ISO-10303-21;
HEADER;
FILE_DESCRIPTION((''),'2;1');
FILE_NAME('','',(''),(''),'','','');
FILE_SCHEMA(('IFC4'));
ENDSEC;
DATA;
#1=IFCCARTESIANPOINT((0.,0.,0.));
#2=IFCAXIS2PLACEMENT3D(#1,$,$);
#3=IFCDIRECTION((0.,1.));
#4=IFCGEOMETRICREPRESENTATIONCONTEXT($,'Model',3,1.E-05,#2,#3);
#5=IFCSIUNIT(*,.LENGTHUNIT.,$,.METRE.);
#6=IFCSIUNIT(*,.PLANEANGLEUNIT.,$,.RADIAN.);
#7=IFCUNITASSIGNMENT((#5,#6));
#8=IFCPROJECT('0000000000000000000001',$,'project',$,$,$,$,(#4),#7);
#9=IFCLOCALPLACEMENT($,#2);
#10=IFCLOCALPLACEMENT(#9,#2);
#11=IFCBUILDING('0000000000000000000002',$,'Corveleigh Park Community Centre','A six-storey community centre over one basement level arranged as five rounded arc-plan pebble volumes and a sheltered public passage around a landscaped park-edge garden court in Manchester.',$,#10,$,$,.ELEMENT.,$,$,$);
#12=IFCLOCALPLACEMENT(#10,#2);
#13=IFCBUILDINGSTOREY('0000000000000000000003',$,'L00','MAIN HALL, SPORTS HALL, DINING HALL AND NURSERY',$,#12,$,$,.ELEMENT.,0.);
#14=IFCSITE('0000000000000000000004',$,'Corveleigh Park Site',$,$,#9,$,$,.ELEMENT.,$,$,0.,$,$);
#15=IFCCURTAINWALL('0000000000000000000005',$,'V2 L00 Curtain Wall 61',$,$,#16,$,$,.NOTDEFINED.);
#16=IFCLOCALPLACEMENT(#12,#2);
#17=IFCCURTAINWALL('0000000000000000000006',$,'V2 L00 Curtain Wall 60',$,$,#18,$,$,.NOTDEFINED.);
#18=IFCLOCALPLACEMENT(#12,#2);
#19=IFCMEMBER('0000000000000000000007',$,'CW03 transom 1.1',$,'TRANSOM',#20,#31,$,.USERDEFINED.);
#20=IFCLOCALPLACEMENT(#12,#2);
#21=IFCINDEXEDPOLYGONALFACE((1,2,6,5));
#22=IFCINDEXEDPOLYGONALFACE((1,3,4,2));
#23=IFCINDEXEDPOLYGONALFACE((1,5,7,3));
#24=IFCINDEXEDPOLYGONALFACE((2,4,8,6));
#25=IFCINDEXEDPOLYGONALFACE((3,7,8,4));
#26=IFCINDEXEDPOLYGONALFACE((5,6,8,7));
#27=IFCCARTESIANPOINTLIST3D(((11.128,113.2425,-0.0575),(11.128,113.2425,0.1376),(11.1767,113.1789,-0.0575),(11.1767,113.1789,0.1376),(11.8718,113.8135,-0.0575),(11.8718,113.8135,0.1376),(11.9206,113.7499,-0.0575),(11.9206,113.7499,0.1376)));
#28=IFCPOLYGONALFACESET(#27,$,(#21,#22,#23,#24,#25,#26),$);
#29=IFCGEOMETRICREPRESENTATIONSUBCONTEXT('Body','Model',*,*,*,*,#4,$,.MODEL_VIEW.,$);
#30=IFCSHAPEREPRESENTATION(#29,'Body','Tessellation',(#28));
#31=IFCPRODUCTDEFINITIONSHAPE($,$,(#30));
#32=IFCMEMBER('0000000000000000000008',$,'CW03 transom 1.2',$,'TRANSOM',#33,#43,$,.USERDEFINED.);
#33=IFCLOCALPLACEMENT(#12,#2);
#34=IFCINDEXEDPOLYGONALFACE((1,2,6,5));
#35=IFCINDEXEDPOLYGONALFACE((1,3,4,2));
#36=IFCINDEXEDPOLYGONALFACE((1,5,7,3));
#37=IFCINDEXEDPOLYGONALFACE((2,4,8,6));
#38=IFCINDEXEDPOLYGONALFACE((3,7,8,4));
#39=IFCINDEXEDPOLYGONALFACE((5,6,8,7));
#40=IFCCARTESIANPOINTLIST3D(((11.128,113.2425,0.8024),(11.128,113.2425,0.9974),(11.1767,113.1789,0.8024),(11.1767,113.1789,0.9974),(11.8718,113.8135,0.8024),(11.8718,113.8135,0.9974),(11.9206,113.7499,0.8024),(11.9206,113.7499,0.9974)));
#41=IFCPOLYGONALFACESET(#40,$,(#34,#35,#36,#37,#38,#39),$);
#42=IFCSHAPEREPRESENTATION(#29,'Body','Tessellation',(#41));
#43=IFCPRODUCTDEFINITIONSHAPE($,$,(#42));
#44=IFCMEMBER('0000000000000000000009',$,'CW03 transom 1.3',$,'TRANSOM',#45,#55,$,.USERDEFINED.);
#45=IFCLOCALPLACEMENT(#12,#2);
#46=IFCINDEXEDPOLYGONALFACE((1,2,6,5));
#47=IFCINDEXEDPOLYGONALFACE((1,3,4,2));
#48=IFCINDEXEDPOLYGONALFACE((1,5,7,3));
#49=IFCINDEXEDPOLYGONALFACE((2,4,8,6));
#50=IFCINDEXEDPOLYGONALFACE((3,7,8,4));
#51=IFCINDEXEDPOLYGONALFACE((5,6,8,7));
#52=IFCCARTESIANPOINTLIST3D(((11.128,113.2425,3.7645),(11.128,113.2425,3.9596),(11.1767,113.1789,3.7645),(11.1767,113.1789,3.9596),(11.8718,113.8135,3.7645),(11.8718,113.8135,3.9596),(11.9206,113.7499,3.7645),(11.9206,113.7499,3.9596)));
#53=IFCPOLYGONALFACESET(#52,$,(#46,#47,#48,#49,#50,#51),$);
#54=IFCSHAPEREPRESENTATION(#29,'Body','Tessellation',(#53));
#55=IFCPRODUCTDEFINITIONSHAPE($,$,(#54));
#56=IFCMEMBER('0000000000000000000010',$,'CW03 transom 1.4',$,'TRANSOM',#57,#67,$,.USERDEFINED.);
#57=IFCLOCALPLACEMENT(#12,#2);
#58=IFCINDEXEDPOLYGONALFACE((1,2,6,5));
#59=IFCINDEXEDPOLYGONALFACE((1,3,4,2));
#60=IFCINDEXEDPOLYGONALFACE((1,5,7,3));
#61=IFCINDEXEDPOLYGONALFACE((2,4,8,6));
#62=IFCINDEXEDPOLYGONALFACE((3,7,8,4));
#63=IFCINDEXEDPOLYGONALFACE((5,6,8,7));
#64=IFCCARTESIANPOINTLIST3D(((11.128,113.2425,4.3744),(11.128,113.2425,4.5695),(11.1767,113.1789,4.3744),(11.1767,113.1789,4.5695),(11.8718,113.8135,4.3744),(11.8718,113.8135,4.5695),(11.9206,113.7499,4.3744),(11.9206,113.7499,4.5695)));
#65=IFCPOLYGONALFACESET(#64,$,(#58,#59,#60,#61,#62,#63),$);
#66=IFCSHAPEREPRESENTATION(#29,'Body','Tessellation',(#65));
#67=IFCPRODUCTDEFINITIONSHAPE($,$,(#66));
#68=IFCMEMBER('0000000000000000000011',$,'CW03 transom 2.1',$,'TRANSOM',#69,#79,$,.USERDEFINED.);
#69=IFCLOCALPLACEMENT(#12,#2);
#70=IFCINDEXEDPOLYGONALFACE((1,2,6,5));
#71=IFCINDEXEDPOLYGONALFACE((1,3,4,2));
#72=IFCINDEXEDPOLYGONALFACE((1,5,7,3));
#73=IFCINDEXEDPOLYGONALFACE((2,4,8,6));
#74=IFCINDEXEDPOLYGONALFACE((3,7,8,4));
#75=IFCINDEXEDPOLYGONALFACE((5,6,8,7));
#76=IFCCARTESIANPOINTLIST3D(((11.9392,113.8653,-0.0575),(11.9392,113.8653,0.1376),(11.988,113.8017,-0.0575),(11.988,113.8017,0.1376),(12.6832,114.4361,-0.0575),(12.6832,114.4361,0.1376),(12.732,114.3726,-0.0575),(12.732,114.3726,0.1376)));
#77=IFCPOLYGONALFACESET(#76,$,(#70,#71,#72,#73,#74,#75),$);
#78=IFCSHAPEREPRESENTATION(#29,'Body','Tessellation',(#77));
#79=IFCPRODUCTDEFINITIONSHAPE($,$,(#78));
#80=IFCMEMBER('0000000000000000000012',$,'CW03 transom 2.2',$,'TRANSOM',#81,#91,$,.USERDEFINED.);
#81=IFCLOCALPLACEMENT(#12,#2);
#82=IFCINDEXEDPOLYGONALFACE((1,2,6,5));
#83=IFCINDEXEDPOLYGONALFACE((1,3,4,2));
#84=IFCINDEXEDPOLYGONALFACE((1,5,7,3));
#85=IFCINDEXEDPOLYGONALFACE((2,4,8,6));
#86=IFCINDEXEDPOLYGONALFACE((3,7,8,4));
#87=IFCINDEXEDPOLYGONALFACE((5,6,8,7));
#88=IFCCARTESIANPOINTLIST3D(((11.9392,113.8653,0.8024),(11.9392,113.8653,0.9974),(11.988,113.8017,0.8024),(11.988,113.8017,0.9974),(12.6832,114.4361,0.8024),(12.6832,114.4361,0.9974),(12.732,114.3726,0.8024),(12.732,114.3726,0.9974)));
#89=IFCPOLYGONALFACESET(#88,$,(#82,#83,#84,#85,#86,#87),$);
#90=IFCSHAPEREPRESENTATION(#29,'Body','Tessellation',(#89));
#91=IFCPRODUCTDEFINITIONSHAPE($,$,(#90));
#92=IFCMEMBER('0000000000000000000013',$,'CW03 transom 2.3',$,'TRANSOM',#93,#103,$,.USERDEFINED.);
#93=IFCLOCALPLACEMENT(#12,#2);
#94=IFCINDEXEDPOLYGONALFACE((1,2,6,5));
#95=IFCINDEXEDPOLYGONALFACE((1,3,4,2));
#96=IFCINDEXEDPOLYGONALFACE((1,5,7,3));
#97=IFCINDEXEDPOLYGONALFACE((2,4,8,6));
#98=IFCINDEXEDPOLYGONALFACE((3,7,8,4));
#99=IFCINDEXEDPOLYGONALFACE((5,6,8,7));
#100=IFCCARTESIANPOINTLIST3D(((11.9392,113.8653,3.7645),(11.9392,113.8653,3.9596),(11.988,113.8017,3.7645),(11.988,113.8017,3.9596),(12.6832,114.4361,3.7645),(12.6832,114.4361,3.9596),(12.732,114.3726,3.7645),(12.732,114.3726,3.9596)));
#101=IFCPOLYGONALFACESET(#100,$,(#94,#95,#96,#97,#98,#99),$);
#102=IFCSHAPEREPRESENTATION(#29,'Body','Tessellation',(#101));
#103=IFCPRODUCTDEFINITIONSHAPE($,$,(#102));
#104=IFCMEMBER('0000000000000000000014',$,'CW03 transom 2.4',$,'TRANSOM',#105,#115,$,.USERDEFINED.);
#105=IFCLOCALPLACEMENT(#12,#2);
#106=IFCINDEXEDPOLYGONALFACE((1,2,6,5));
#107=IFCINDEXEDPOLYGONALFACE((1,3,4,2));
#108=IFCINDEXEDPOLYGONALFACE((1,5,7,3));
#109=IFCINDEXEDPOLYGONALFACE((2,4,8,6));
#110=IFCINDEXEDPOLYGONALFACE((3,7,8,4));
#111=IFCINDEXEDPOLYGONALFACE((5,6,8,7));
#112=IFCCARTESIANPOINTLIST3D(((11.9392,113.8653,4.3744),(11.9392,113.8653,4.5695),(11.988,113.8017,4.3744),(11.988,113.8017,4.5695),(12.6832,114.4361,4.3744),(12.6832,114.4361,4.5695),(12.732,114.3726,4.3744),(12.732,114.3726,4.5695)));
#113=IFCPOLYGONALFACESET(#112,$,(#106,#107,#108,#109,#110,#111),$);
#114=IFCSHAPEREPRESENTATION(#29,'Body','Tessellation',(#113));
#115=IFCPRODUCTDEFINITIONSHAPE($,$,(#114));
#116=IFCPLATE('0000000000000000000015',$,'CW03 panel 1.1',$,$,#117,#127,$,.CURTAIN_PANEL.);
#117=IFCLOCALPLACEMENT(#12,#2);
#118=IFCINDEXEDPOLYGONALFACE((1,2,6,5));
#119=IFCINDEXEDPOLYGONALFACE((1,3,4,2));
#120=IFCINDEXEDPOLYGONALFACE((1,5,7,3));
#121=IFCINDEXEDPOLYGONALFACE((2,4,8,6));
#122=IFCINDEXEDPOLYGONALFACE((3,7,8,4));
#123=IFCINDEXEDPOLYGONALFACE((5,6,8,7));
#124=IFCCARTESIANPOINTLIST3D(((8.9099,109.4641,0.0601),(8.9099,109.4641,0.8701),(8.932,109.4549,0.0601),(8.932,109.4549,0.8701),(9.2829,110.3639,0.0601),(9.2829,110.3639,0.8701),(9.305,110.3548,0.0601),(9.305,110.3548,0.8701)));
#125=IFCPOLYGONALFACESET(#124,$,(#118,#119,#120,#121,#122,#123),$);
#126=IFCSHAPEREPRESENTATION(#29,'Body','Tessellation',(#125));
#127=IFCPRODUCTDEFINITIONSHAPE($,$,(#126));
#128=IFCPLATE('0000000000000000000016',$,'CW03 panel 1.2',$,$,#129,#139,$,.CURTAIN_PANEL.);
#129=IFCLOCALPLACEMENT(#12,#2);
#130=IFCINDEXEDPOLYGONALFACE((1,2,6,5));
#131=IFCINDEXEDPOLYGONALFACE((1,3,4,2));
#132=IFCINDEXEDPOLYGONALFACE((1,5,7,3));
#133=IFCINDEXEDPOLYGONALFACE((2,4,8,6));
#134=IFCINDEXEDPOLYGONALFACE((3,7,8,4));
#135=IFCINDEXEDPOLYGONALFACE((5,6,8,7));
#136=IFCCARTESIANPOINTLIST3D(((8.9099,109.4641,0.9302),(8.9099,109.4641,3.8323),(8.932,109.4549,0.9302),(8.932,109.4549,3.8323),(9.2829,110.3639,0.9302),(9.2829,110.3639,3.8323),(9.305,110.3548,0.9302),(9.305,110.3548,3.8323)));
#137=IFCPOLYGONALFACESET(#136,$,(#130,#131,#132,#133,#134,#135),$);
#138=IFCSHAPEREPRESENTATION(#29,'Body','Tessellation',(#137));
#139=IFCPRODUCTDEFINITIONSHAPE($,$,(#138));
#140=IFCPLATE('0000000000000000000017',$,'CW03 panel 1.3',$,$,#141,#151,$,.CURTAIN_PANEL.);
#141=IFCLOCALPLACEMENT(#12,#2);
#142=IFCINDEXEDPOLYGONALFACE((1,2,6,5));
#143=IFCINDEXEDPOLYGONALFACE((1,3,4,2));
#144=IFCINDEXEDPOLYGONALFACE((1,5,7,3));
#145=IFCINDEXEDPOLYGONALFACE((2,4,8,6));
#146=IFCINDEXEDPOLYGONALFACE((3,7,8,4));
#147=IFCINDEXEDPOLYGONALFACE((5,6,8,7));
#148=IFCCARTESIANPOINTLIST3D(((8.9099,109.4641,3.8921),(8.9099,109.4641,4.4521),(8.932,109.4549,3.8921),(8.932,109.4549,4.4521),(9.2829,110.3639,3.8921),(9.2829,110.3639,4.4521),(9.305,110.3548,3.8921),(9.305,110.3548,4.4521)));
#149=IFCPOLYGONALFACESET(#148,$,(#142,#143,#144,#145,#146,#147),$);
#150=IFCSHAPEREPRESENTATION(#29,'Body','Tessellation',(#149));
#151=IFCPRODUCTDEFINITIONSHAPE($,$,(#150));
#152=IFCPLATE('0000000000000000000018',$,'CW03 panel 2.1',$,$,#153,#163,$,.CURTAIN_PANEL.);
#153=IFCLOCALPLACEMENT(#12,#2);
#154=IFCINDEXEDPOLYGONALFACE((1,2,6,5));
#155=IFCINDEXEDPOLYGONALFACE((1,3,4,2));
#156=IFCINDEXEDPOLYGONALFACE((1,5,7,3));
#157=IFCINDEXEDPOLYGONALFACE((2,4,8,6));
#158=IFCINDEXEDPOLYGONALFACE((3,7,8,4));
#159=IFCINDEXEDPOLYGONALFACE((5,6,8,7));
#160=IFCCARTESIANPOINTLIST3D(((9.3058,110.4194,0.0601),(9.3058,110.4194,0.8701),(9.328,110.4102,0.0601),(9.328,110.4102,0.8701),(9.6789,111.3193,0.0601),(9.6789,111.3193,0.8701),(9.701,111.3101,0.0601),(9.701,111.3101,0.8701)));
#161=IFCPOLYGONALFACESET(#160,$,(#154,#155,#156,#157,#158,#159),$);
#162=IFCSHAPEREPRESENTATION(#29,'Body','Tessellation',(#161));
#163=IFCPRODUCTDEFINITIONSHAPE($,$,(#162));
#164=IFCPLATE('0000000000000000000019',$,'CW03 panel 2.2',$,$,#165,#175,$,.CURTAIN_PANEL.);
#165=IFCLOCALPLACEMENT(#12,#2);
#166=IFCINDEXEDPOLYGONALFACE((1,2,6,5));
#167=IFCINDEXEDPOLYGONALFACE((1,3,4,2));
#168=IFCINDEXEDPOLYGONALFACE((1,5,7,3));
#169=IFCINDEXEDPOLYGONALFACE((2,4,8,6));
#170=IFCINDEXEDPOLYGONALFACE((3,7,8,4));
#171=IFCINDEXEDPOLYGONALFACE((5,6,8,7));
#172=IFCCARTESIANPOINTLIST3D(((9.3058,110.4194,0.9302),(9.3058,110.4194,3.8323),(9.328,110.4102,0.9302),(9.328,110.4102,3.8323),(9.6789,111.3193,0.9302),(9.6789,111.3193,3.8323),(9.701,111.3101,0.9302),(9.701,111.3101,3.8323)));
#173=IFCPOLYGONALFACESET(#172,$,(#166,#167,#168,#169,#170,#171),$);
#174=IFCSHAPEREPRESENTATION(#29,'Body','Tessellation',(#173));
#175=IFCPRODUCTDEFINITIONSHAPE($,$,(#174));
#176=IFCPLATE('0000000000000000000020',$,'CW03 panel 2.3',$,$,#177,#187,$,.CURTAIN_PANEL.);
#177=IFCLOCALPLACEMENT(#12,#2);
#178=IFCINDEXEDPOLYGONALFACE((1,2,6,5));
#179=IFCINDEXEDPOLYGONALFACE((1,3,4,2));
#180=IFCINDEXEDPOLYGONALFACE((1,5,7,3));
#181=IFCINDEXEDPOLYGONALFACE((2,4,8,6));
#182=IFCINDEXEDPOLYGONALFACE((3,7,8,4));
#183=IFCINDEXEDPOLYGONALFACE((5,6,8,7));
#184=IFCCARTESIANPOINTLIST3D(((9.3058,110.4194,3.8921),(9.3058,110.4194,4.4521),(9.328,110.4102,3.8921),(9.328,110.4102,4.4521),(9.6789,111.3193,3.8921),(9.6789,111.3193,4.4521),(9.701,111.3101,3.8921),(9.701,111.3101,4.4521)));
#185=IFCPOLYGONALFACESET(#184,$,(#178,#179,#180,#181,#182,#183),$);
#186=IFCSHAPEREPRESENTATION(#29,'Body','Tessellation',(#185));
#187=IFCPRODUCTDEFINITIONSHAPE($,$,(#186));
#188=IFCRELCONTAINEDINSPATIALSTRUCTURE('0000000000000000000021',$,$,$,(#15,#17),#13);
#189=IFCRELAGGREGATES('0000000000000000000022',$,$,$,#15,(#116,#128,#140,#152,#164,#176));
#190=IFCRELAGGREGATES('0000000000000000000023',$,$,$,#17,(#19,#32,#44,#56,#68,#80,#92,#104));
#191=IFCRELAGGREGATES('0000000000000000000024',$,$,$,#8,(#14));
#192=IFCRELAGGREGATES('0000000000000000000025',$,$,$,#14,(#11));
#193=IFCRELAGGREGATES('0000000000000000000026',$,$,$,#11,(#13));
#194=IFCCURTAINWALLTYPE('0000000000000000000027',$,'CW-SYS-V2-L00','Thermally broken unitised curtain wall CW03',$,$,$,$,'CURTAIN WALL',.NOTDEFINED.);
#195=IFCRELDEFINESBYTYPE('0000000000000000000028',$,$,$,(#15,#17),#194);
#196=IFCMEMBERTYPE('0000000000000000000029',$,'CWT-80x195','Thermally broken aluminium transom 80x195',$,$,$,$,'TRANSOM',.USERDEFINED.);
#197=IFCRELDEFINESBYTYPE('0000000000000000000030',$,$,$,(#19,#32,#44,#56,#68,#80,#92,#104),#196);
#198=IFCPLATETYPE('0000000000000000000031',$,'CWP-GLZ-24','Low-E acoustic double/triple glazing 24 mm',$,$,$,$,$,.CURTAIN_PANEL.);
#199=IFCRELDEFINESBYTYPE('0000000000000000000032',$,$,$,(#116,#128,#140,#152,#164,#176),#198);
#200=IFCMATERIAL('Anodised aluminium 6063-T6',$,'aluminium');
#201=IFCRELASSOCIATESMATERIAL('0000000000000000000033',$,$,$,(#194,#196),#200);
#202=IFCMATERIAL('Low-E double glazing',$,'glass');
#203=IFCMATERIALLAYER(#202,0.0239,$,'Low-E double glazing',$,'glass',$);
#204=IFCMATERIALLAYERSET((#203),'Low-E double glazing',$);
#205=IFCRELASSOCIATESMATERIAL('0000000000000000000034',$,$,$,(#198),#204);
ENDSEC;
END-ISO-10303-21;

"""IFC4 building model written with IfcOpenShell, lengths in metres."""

from ifc_helpers import new_model, si_unit, direction, frame, origin, origin_2d, place, context, subcontext, project, spatial, rectangle, extrude, material, layer, layer_set, material_profile, profile_set, type_object, element, aggregate, save


model = new_model("IFC4")

# Units and contexts
model_context = context("Model", 3, precision=1e-05, world=origin(), true_north=direction((0.0, 1.0)))
body_context = subcontext(model_context, "Body", "Model", "MODEL_VIEW")
ifc_project = project(units=[si_unit("LENGTHUNIT", "METRE"), si_unit("PLANEANGLEUNIT", "RADIAN")], contexts=[model_context])

# Site, building, storey
site_placement = place(None, origin())
site = spatial("IfcSite", under=ifc_project, at=site_placement, Name="Corveleigh Park Site", CompositionType="ELEMENT", RefElevation=0.0)
building_placement = place(site_placement, origin())
building = spatial("IfcBuilding", under=site, at=building_placement, Name="Corveleigh Park Community Centre", Description="A six-storey community centre over one basement level arranged as five rounded arc-plan pebble volumes and a sheltered public passage around a landscaped park-edge garden court in Manchester.", CompositionType="ELEMENT")
storey_placement = place(building_placement, origin())
storey = spatial("IfcBuildingStorey", under=building, at=storey_placement, Name="L00", Description="MAIN HALL, SPORTS HALL, DINING HALL AND NURSERY", CompositionType="ELEMENT", Elevation=0.0)

# Curtain walls
ifc_material_1 = material(Name="Anodised aluminium 6063-T6", Category="aluminium")
curtain_wall_type = type_object("IfcCurtainWallType", Name="CW-SYS-V2-L00", Description="Thermally broken unitised curtain wall CW03", ElementType="CURTAIN WALL", PredefinedType="NOTDEFINED", material=ifc_material_1)
curtain_wall_1_placement = place(storey_placement, origin())
curtain_wall_1 = element("IfcCurtainWall", 1, at=curtain_wall_1_placement, inside=storey, type_object=curtain_wall_type, Name="V2 L00 Curtain Wall 61", PredefinedType="NOTDEFINED")
curtain_wall_2_placement = place(storey_placement, origin())
curtain_wall_2 = element("IfcCurtainWall", 2, at=curtain_wall_2_placement, inside=storey, type_object=curtain_wall_type, Name="V2 L00 Curtain Wall 60", PredefinedType="NOTDEFINED")

# Members
ifc_material_profile_1 = material_profile(ifc_material_1, rectangle(XDim=0.0801, YDim=0.1951, at=origin_2d()), Name="ALU-T80x195", Category="aluminium")
ifc_profile_set_1 = profile_set([ifc_material_profile_1], Name="Anodised aluminium 6063-T6")
member_type_1 = type_object("IfcMemberType", Name="CWT-80x195", Description="Thermally broken aluminium transom 80x195", ElementType="TRANSOM", PredefinedType="USERDEFINED", material=ifc_profile_set_1)
member_1_placement = place(storey_placement, frame((11.1523, 113.2107, 0.04), z_axis=(0.793233, 0.608918, 0.0), x_axis=(-0.608918, 0.793233, 0.0)))
member_1 = element("IfcMember", 3, at=member_1_placement, type_object=member_type_1, Name="CW03 transom 1.1", ObjectType="TRANSOM", PredefinedType="USERDEFINED", context=body_context, shape_type="SweptSolid", body=[
    extrude(rectangle(XDim=0.0801, YDim=0.1951, at=origin_2d()), origin(), (0.0, 0.0, 1.0), 0.9377),
])
member_2_placement = place(storey_placement, frame((11.1523, 113.2107, 0.8999), z_axis=(0.793233, 0.608918, 0.0), x_axis=(-0.608918, 0.793233, 0.0)))
member_2 = element("IfcMember", 4, at=member_2_placement, type_object=member_type_1, Name="CW03 transom 1.2", ObjectType="TRANSOM", PredefinedType="USERDEFINED", context=body_context, shape_type="SweptSolid", body=[
    extrude(rectangle(XDim=0.0801, YDim=0.1951, at=origin_2d()), origin(), (0.0, 0.0, 1.0), 0.9377),
])
member_3_placement = place(storey_placement, frame((11.1523, 113.2107, 3.8621), z_axis=(0.793233, 0.608918, 0.0), x_axis=(-0.608918, 0.793233, 0.0)))
member_3 = element("IfcMember", 5, at=member_3_placement, type_object=member_type_1, Name="CW03 transom 1.3", ObjectType="TRANSOM", PredefinedType="USERDEFINED", context=body_context, shape_type="SweptSolid", body=[
    extrude(rectangle(XDim=0.0801, YDim=0.1951, at=origin_2d()), origin(), (0.0, 0.0, 1.0), 0.9377),
])
member_4_placement = place(storey_placement, frame((11.1523, 113.2107, 4.4719), z_axis=(0.793233, 0.608918, 0.0), x_axis=(-0.608918, 0.793233, 0.0)))
member_4 = element("IfcMember", 6, at=member_4_placement, type_object=member_type_1, Name="CW03 transom 1.4", ObjectType="TRANSOM", PredefinedType="USERDEFINED", context=body_context, shape_type="SweptSolid", body=[
    extrude(rectangle(XDim=0.0801, YDim=0.1951, at=origin_2d()), origin(), (0.0, 0.0, 1.0), 0.9377),
])
member_5_placement = place(storey_placement, frame((11.9636, 113.8335, 0.04), z_axis=(0.793359, 0.608754, 0.0), x_axis=(-0.608754, 0.793359, 0.0)))
member_5 = element("IfcMember", 7, at=member_5_placement, type_object=member_type_1, Name="CW03 transom 2.1", ObjectType="TRANSOM", PredefinedType="USERDEFINED", context=body_context, shape_type="SweptSolid", body=[
    extrude(rectangle(XDim=0.0801, YDim=0.1951, at=origin_2d()), origin(), (0.0, 0.0, 1.0), 0.9377),
])
member_6_placement = place(storey_placement, frame((11.9636, 113.8335, 0.8999), z_axis=(0.793359, 0.608754, 0.0), x_axis=(-0.608754, 0.793359, 0.0)))
member_6 = element("IfcMember", 8, at=member_6_placement, type_object=member_type_1, Name="CW03 transom 2.2", ObjectType="TRANSOM", PredefinedType="USERDEFINED", context=body_context, shape_type="SweptSolid", body=[
    extrude(rectangle(XDim=0.0801, YDim=0.1951, at=origin_2d()), origin(), (0.0, 0.0, 1.0), 0.9377),
])
member_7_placement = place(storey_placement, frame((11.9636, 113.8335, 3.8621), z_axis=(0.793359, 0.608754, 0.0), x_axis=(-0.608754, 0.793359, 0.0)))
member_7 = element("IfcMember", 9, at=member_7_placement, type_object=member_type_1, Name="CW03 transom 2.3", ObjectType="TRANSOM", PredefinedType="USERDEFINED", context=body_context, shape_type="SweptSolid", body=[
    extrude(rectangle(XDim=0.0801, YDim=0.1951, at=origin_2d()), origin(), (0.0, 0.0, 1.0), 0.9377),
])
member_8_placement = place(storey_placement, frame((11.9636, 113.8335, 4.4719), z_axis=(0.793359, 0.608754, 0.0), x_axis=(-0.608754, 0.793359, 0.0)))
member_8 = element("IfcMember", 10, at=member_8_placement, type_object=member_type_1, Name="CW03 transom 2.4", ObjectType="TRANSOM", PredefinedType="USERDEFINED", context=body_context, shape_type="SweptSolid", body=[
    extrude(rectangle(XDim=0.0801, YDim=0.1951, at=origin_2d()), origin(), (0.0, 0.0, 1.0), 0.9377),
])

# Plates
ifc_material_2 = material(Name="Low-E double glazing", Category="glass")
ifc_layer_1 = layer(ifc_material_2, 0.0239, Name="Low-E double glazing", Category="glass")
ifc_layer_set_1 = layer_set([ifc_layer_1], Name="Low-E double glazing")
plate_type_1 = type_object("IfcPlateType", Name="CWP-GLZ-24", Description="Low-E acoustic double/triple glazing 24 mm", PredefinedType="CURTAIN_PANEL", material=ifc_layer_set_1)
plate_1_placement = place(storey_placement, frame((9.1074, 109.9094, 0.0601), z_axis=(0.0, 0.0, 1.0), x_axis=(0.382947, 0.92377, 0.0)))
plate_1 = element("IfcPlate", 11, at=plate_1_placement, type_object=plate_type_1, Name="CW03 panel 1.1", PredefinedType="CURTAIN_PANEL", context=body_context, shape_type="SweptSolid", body=[
    extrude(rectangle(XDim=0.9741, YDim=0.0239, at=origin_2d()), origin(), (0.0, 0.0, 1.0), 0.8101),
])
plate_2_placement = place(storey_placement, frame((9.1074, 109.9094, 0.9302), z_axis=(0.0, 0.0, 1.0), x_axis=(0.382947, 0.92377, 0.0)))
plate_2 = element("IfcPlate", 12, at=plate_2_placement, type_object=plate_type_1, Name="CW03 panel 1.2", PredefinedType="CURTAIN_PANEL", context=body_context, shape_type="SweptSolid", body=[
    extrude(rectangle(XDim=0.9741, YDim=0.0239, at=origin_2d()), origin(), (0.0, 0.0, 1.0), 2.9021),
])
plate_3_placement = place(storey_placement, frame((9.1074, 109.9094, 3.8921), z_axis=(0.0, 0.0, 1.0), x_axis=(0.382947, 0.92377, 0.0)))
plate_3 = element("IfcPlate", 13, at=plate_3_placement, type_object=plate_type_1, Name="CW03 panel 1.3", PredefinedType="CURTAIN_PANEL", context=body_context, shape_type="SweptSolid", body=[
    extrude(rectangle(XDim=0.9741, YDim=0.0239, at=origin_2d()), origin(), (0.0, 0.0, 1.0), 0.5601),
])
plate_4_placement = place(storey_placement, frame((9.5034, 110.8647, 0.0601), z_axis=(0.0, 0.0, 1.0), x_axis=(0.382947, 0.92377, 0.0)))
plate_4 = element("IfcPlate", 14, at=plate_4_placement, type_object=plate_type_1, Name="CW03 panel 2.1", PredefinedType="CURTAIN_PANEL", context=body_context, shape_type="SweptSolid", body=[
    extrude(rectangle(XDim=0.9741, YDim=0.0239, at=origin_2d()), origin(), (0.0, 0.0, 1.0), 0.8101),
])
plate_5_placement = place(storey_placement, frame((9.5034, 110.8647, 0.9302), z_axis=(0.0, 0.0, 1.0), x_axis=(0.382947, 0.92377, 0.0)))
plate_5 = element("IfcPlate", 15, at=plate_5_placement, type_object=plate_type_1, Name="CW03 panel 2.2", PredefinedType="CURTAIN_PANEL", context=body_context, shape_type="SweptSolid", body=[
    extrude(rectangle(XDim=0.9741, YDim=0.0239, at=origin_2d()), origin(), (0.0, 0.0, 1.0), 2.9021),
])
plate_6_placement = place(storey_placement, frame((9.5034, 110.8647, 3.8921), z_axis=(0.0, 0.0, 1.0), x_axis=(0.382947, 0.92377, 0.0)))
plate_6 = element("IfcPlate", 16, at=plate_6_placement, type_object=plate_type_1, Name="CW03 panel 2.3", PredefinedType="CURTAIN_PANEL", context=body_context, shape_type="SweptSolid", body=[
    extrude(rectangle(XDim=0.9741, YDim=0.0239, at=origin_2d()), origin(), (0.0, 0.0, 1.0), 0.5601),
])
aggregate(curtain_wall_1, [plate_1, plate_2, plate_3, plate_4, plate_5, plate_6])
aggregate(curtain_wall_2, [member_1, member_2, member_3, member_4, member_5, member_6, member_7, member_8])

save(model, "model.ifc")
